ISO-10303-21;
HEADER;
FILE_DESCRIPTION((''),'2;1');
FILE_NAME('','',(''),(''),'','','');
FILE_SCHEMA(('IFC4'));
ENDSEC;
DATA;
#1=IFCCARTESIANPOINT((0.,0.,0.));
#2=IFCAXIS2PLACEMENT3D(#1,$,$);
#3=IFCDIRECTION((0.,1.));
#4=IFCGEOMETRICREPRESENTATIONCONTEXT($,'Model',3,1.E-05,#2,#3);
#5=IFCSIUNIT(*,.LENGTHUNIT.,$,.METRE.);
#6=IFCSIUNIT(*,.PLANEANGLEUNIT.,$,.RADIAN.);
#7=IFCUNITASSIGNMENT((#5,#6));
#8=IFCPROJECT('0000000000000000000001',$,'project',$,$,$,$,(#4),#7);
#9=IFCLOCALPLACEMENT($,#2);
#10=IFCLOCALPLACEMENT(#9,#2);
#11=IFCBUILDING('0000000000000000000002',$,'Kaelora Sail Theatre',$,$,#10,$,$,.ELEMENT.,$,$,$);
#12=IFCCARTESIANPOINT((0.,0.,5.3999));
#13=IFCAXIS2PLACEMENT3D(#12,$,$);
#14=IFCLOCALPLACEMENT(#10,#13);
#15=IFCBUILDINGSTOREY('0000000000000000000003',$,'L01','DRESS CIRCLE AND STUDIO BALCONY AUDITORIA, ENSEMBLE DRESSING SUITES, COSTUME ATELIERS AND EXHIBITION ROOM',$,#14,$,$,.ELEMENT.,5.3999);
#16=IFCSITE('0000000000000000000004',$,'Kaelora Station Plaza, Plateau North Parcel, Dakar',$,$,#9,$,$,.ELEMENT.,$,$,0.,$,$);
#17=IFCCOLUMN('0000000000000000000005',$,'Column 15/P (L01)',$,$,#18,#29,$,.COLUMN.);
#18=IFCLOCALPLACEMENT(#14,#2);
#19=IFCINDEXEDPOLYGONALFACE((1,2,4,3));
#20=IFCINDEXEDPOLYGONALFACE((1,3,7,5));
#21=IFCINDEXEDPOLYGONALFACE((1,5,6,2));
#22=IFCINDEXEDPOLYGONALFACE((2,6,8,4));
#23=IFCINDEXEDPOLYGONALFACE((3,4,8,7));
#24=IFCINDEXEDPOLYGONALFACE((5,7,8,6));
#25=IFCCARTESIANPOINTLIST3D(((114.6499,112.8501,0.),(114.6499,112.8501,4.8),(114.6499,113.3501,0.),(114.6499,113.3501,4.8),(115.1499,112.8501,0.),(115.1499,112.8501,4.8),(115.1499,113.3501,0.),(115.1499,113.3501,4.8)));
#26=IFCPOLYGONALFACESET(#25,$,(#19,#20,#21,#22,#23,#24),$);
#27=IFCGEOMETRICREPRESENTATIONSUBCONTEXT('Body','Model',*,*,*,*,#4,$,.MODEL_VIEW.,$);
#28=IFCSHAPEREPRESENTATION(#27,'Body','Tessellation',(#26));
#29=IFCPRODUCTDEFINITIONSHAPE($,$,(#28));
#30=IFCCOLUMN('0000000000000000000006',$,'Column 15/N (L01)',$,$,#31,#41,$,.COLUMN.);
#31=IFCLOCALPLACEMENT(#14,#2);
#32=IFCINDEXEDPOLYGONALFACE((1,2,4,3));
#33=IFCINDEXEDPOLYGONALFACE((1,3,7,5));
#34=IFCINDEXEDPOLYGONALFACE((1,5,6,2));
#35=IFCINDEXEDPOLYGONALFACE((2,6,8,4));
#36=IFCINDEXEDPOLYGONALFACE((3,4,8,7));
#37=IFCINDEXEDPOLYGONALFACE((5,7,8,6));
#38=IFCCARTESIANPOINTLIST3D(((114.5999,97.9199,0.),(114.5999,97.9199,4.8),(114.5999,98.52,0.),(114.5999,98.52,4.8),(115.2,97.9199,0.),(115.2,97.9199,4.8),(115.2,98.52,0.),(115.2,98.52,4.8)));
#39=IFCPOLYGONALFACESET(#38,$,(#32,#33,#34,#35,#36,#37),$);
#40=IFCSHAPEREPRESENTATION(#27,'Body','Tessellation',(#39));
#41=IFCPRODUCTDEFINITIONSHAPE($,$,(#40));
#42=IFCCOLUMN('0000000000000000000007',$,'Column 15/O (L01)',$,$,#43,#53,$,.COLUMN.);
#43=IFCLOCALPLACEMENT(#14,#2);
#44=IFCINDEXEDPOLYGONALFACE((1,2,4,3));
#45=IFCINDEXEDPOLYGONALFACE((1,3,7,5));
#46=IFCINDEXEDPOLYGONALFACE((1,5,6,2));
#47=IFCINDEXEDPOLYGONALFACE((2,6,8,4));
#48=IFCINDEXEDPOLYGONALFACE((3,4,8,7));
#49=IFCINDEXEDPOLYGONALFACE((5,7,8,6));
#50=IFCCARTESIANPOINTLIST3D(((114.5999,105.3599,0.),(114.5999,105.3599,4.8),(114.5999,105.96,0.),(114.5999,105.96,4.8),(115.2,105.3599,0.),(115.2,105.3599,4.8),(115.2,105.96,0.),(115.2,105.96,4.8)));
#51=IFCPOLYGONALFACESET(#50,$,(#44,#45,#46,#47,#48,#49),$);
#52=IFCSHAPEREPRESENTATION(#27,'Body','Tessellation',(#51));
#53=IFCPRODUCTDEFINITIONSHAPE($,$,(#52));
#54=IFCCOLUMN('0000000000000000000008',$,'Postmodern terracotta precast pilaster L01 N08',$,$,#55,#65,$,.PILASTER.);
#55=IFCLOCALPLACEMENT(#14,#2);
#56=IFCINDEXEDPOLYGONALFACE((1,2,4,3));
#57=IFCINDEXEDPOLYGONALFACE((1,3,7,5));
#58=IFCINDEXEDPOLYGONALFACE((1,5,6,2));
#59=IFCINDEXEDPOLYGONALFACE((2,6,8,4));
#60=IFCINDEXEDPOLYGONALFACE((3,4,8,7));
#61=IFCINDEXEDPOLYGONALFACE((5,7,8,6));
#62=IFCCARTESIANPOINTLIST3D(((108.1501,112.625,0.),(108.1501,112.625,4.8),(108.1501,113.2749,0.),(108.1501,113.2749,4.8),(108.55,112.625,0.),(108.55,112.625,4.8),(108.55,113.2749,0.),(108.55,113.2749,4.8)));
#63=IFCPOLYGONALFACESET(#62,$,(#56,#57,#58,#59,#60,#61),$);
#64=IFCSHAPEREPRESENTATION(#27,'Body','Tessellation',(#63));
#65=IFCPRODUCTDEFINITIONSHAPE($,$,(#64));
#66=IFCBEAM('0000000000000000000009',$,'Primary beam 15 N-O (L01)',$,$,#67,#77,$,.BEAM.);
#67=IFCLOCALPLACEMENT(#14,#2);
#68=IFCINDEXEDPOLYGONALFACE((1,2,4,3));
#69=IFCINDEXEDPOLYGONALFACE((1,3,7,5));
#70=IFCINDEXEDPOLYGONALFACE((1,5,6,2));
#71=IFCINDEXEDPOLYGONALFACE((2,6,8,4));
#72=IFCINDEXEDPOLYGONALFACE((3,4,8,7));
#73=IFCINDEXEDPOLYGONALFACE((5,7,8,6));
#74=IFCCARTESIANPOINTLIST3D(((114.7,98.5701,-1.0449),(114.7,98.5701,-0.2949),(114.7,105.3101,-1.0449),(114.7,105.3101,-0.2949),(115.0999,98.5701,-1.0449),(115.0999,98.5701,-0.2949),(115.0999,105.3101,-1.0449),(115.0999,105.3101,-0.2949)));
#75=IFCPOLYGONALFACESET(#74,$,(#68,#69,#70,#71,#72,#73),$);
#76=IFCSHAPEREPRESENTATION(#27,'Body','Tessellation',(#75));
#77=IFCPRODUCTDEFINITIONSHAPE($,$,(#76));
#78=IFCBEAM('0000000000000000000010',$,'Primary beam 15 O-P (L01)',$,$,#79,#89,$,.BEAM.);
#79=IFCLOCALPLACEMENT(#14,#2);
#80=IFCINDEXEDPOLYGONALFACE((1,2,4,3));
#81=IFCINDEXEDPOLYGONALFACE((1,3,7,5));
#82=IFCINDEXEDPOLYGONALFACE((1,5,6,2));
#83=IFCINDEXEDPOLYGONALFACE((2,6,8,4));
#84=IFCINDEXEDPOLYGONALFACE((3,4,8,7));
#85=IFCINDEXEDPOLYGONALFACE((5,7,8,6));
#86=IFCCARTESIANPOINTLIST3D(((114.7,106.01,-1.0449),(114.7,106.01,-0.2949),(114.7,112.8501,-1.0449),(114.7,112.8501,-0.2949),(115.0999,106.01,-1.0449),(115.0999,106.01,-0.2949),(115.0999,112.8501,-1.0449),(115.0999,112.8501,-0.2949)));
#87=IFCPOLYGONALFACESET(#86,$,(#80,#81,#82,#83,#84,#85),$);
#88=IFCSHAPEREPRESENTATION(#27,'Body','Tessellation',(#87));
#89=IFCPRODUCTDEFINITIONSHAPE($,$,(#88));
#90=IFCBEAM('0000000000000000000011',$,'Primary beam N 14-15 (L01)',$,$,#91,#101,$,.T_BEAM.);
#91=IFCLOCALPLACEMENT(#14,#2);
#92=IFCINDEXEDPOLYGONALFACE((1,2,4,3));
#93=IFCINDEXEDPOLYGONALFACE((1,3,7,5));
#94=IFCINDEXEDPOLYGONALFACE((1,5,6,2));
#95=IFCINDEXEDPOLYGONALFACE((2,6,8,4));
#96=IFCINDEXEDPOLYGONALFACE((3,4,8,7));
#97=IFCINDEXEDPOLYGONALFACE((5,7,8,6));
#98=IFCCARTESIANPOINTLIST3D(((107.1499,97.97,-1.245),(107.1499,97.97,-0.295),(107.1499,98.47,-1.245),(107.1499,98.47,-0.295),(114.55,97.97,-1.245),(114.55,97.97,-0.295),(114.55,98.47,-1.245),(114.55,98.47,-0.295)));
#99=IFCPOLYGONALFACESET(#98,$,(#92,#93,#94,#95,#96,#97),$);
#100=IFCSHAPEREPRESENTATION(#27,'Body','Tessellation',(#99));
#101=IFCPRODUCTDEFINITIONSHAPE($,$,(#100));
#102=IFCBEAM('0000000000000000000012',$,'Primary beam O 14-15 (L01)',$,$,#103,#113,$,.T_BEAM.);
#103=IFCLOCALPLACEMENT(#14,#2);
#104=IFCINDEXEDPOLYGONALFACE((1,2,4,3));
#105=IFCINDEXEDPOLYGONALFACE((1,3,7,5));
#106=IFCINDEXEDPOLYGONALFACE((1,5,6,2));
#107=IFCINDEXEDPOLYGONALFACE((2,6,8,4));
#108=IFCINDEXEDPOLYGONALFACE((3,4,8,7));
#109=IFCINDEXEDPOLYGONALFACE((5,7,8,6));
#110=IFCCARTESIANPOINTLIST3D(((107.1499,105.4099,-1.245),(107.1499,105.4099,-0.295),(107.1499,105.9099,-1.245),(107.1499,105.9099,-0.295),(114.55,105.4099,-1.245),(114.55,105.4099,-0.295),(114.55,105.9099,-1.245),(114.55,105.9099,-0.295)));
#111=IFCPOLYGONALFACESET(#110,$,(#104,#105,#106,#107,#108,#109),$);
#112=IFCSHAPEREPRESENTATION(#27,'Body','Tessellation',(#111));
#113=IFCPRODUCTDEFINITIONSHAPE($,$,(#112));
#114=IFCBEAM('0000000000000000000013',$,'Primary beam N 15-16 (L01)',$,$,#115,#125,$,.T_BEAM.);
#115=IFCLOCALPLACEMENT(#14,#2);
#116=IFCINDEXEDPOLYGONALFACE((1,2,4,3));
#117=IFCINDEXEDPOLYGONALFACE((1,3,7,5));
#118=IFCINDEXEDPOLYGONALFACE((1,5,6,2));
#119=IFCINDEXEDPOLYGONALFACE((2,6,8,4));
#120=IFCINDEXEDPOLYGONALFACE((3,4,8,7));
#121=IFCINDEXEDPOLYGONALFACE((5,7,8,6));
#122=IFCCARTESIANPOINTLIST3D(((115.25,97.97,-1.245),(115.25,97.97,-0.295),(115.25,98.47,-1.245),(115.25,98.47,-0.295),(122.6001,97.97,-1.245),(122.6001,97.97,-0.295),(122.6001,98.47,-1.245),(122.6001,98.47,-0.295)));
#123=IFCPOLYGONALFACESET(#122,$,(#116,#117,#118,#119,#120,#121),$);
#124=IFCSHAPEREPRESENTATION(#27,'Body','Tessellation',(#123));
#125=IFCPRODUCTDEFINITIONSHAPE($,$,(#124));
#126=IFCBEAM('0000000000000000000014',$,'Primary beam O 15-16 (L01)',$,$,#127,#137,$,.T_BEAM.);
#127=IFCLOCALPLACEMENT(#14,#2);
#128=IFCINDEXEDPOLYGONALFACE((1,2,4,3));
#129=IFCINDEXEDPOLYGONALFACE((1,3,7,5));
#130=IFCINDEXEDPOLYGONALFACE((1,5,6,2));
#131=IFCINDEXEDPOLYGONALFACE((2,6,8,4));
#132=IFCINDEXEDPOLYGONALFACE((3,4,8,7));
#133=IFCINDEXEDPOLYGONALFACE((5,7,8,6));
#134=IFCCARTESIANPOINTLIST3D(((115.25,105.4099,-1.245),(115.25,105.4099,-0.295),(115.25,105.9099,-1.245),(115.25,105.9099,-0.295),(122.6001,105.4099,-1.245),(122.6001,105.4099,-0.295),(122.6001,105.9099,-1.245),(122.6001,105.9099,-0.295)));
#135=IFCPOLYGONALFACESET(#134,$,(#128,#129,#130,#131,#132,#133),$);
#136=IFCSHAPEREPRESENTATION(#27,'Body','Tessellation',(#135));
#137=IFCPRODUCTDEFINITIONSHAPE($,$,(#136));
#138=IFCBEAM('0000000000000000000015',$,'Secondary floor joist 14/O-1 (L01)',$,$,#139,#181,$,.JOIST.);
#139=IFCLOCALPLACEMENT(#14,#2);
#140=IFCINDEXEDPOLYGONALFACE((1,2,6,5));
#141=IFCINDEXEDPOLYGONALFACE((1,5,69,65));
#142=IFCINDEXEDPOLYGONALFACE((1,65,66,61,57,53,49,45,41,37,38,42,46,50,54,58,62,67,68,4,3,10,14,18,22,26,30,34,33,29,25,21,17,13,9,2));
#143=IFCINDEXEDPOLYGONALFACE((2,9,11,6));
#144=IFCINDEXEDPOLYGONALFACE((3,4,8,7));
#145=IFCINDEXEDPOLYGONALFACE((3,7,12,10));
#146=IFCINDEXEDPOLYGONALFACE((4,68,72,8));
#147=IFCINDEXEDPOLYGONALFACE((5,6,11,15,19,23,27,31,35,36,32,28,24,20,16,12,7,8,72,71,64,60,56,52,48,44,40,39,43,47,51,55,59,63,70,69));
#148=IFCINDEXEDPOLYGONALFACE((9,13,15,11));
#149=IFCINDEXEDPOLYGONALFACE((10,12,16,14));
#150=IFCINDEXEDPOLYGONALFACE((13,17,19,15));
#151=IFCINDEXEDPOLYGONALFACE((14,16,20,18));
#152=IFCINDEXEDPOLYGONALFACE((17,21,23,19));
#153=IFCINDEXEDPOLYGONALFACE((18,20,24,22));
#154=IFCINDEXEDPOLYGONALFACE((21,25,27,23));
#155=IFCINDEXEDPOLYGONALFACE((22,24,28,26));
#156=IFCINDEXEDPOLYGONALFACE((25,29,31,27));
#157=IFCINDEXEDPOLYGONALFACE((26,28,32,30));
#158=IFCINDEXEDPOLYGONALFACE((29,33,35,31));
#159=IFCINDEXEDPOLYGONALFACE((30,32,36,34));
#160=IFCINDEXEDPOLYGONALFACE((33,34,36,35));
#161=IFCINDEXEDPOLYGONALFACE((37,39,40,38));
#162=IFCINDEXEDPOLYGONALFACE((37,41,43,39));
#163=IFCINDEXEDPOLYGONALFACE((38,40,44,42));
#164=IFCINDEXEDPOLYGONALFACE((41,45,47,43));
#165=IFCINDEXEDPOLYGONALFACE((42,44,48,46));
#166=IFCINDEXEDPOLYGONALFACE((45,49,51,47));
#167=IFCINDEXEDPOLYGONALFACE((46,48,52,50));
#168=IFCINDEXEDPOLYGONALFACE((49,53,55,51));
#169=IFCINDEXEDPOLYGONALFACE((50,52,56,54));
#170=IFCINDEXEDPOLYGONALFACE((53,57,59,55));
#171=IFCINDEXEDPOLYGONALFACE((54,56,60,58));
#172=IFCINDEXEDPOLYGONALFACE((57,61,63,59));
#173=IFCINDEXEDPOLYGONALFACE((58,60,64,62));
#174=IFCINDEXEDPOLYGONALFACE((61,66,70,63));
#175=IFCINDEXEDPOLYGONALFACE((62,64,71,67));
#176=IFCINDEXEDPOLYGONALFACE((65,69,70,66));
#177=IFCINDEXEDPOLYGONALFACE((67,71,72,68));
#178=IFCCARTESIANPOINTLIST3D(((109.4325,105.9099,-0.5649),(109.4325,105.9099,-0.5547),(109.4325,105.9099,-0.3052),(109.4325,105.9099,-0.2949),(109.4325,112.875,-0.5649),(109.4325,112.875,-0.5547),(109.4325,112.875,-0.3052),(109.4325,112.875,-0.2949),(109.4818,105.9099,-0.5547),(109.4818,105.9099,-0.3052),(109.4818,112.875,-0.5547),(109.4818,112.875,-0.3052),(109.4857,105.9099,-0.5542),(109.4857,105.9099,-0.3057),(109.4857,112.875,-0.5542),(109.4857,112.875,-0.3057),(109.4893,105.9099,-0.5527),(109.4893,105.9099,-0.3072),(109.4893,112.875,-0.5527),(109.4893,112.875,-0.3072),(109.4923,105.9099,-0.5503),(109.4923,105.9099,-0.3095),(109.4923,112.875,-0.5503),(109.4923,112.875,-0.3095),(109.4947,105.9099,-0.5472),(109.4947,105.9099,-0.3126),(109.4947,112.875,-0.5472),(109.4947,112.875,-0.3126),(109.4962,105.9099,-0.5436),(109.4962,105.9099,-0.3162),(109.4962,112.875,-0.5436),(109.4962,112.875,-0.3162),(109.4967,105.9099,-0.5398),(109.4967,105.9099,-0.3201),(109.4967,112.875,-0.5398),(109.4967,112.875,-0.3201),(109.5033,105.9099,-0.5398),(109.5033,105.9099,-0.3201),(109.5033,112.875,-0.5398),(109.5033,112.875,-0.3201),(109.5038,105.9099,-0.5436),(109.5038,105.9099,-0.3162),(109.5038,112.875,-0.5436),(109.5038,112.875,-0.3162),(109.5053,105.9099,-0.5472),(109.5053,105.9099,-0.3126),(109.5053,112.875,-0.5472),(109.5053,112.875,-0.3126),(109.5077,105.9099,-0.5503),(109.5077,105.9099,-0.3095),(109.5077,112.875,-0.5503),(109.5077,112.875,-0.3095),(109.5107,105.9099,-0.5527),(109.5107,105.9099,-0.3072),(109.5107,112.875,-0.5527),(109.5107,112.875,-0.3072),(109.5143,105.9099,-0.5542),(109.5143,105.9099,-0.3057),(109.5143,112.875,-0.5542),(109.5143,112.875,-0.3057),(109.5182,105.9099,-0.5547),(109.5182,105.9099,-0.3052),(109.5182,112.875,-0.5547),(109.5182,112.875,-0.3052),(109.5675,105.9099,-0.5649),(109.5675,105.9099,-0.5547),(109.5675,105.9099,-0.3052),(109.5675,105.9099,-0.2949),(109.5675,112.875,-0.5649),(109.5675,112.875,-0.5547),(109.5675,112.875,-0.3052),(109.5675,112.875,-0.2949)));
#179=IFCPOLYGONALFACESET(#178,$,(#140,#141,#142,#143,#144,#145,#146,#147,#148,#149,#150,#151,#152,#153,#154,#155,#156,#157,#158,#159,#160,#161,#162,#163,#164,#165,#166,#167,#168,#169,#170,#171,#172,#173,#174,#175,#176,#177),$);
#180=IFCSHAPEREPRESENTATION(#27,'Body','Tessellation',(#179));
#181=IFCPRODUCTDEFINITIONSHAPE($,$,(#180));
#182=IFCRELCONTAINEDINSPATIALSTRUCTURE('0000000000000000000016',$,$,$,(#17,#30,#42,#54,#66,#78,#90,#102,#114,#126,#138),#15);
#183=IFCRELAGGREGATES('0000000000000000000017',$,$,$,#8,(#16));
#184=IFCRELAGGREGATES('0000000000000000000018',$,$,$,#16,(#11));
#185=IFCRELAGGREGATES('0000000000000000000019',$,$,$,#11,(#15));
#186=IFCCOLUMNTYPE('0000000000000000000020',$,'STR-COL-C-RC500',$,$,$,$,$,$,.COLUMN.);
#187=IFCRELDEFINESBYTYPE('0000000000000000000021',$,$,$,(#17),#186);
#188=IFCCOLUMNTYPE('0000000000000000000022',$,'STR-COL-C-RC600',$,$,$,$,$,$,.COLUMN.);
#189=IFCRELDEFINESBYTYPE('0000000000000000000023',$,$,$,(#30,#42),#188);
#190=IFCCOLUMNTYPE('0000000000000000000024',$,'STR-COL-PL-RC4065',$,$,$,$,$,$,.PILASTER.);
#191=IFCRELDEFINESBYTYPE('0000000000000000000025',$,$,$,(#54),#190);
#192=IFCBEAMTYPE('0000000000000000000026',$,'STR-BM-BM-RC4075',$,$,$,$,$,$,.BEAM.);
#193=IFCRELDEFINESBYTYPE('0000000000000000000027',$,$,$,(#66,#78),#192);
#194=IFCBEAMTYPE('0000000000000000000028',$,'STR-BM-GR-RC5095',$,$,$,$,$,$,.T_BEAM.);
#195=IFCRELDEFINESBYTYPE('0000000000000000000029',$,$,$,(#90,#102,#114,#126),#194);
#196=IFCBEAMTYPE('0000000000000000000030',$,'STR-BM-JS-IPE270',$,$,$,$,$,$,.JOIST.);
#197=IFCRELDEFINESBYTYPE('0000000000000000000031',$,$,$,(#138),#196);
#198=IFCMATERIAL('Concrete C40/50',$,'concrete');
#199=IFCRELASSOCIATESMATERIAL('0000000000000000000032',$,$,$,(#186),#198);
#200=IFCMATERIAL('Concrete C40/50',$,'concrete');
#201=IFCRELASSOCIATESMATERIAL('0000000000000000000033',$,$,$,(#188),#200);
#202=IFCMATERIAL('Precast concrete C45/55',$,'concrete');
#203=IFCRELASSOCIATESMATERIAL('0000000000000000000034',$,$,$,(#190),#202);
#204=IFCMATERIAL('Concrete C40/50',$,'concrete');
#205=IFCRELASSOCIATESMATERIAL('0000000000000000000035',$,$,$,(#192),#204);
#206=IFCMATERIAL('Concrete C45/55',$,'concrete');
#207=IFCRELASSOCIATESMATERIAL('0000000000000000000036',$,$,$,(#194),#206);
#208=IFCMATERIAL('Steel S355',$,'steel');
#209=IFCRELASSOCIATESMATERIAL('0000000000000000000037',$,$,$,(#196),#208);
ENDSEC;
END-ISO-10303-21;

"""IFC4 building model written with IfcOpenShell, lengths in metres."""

from ifc_helpers import new_model, si_unit, direction, frame, origin, origin_2d, place, context, subcontext, project, spatial, rectangle, i_section, extrude, material, material_profile, profile_set, type_object, element, save


model = new_model("IFC4")

# Units and contexts
model_context = context("Model", 3, precision=1e-05, world=origin(), true_north=direction((0.0, 1.0)))
body_context = subcontext(model_context, "Body", "Model", "MODEL_VIEW")
ifc_project = project(units=[si_unit("LENGTHUNIT", "METRE"), si_unit("PLANEANGLEUNIT", "RADIAN")], contexts=[model_context])

# Site, building, storey
site_placement = place(None, origin())
site = spatial("IfcSite", under=ifc_project, at=site_placement, Name="Kaelora Station Plaza, Plateau North Parcel, Dakar", CompositionType="ELEMENT", RefElevation=0.0)
building_placement = place(site_placement, origin())
building = spatial("IfcBuilding", under=site, at=building_placement, Name="Kaelora Sail Theatre", CompositionType="ELEMENT")
storey_placement = place(building_placement, frame((0.0, 0.0, 5.3999)))
storey = spatial("IfcBuildingStorey", under=building, at=storey_placement, Name="L01", Description="DRESS CIRCLE AND STUDIO BALCONY AUDITORIA, ENSEMBLE DRESSING SUITES, COSTUME ATELIERS AND EXHIBITION ROOM", CompositionType="ELEMENT", Elevation=5.3999)

# Columns
ifc_material_1 = material(Name="Concrete C40/50", Category="concrete")
ifc_material_profile_1 = material_profile(ifc_material_1, rectangle(XDim=0.5, YDim=0.5, at=origin_2d()), Name="RC-COL 500x500")
ifc_profile_set_1 = profile_set([ifc_material_profile_1], Name="Concrete C40/50")
column_type_1 = type_object("IfcColumnType", Name="STR-COL-C-RC500", PredefinedType="COLUMN", material=ifc_profile_set_1)
column_1_placement = place(storey_placement, frame((114.8999, 113.1001, 0.0), z_axis=(0.0, 0.0, 1.0), x_axis=(1.0, 0.0, 0.0)))
element("IfcColumn", 1, at=column_1_placement, inside=storey, type_object=column_type_1, Name="Column 15/P (L01)", PredefinedType="COLUMN", context=body_context, shape_type="SweptSolid", body=[
    extrude(rectangle(XDim=0.5, YDim=0.5, at=origin_2d()), origin(), (0.0, 0.0, 1.0), 4.8),
])
ifc_material_2 = material(Name="Concrete C40/50", Category="concrete")
ifc_material_profile_2 = material_profile(ifc_material_2, rectangle(XDim=0.6001, YDim=0.6001, at=origin_2d()), Name="RC-COL 600x600")
ifc_profile_set_2 = profile_set([ifc_material_profile_2], Name="Concrete C40/50")
column_type_2 = type_object("IfcColumnType", Name="STR-COL-C-RC600", PredefinedType="COLUMN", material=ifc_profile_set_2)
for number, where, z_axis, x_axis, name in (
    (2, (114.8999, 98.22, 0.0), (0.0, 0.0, 1.0), (1.0, 0.0, 0.0), "Column 15/N (L01)"),
    (3, (114.8999, 105.6599, 0.0), (0.0, 0.0, 1.0), (1.0, 0.0, 0.0), "Column 15/O (L01)"),
):
    element("IfcColumn", number, at=place(storey_placement, frame(where, z_axis=z_axis, x_axis=x_axis)), inside=storey, type_object=column_type_2, Name=name, PredefinedType="COLUMN", context=body_context, shape_type="SweptSolid", body=[
        extrude(rectangle(XDim=0.6001, YDim=0.6001, at=origin_2d()), origin(), (0.0, 0.0, 1.0), 4.8),
    ])
ifc_material_3 = material(Name="Precast concrete C45/55", Category="concrete")
ifc_material_profile_3 = material_profile(ifc_material_3, rectangle(XDim=0.3999, YDim=0.6499, at=origin_2d()), Name="RC-PIL 400x650")
ifc_profile_set_3 = profile_set([ifc_material_profile_3], Name="Precast concrete C45/55")
column_type_3 = type_object("IfcColumnType", Name="STR-COL-PL-RC4065", PredefinedType="PILASTER", material=ifc_profile_set_3)
column_2_placement = place(storey_placement, frame((108.3501, 112.95, 0.0), z_axis=(0.0, 0.0, 1.0), x_axis=(1.0, 0.0, 0.0)))
element("IfcColumn", 4, at=column_2_placement, inside=storey, type_object=column_type_3, Name="Postmodern terracotta precast pilaster L01 N08", PredefinedType="PILASTER", context=body_context, shape_type="SweptSolid", body=[
    extrude(rectangle(XDim=0.3999, YDim=0.6499, at=origin_2d()), origin(), (0.0, 0.0, 1.0), 4.8),
])

# Beams
ifc_material_4 = material(Name="Concrete C40/50", Category="concrete")
ifc_material_profile_4 = material_profile(ifc_material_4, rectangle(XDim=0.3999, YDim=0.75, at=origin_2d()), Name="RC-BM 400x750")
ifc_profile_set_4 = profile_set([ifc_material_profile_4], Name="Concrete C40/50")
beam_type_1 = type_object("IfcBeamType", Name="STR-BM-BM-RC4075", PredefinedType="BEAM", material=ifc_profile_set_4)
beam_1_placement = place(storey_placement, frame((114.8999, 98.5701, -0.6699), z_axis=(0.0, 1.0, 0.0), x_axis=(-1.0, 0.0, 0.0)))
element("IfcBeam", 5, at=beam_1_placement, inside=storey, type_object=beam_type_1, Name="Primary beam 15 N-O (L01)", PredefinedType="BEAM", context=body_context, shape_type="SweptSolid", body=[
    extrude(rectangle(XDim=0.3999, YDim=0.75, at=origin_2d()), origin(), (0.0, 0.0, 1.0), 6.74),
])
beam_2_placement = place(storey_placement, frame((114.8999, 106.01, -0.6699), z_axis=(0.0, 1.0, 0.0), x_axis=(-1.0, 0.0, 0.0)))
element("IfcBeam", 6, at=beam_2_placement, inside=storey, type_object=beam_type_1, Name="Primary beam 15 O-P (L01)", PredefinedType="BEAM", context=body_context, shape_type="SweptSolid", body=[
    extrude(rectangle(XDim=0.3999, YDim=0.75, at=origin_2d()), origin(), (0.0, 0.0, 1.0), 6.8401),
])
ifc_material_5 = material(Name="Concrete C45/55", Category="concrete")
ifc_material_profile_5 = material_profile(ifc_material_5, rectangle(XDim=0.5, YDim=0.95, at=origin_2d()), Name="RC-GRD 500x950")
ifc_profile_set_5 = profile_set([ifc_material_profile_5], Name="Concrete C45/55")
beam_type_2 = type_object("IfcBeamType", Name="STR-BM-GR-RC5095", PredefinedType="T_BEAM", material=ifc_profile_set_5)
for number, where, z_axis, x_axis, name in (
    (7, (107.1499, 98.22, -0.77), (1.0, 0.0, 0.0), (0.0, 1.0, 0.0), "Primary beam N 14-15 (L01)"),
    (8, (107.1499, 105.6599, -0.77), (1.0, 0.0, 0.0), (0.0, 1.0, 0.0), "Primary beam O 14-15 (L01)"),
):
    element("IfcBeam", number, at=place(storey_placement, frame(where, z_axis=z_axis, x_axis=x_axis)), inside=storey, type_object=beam_type_2, Name=name, PredefinedType="T_BEAM", context=body_context, shape_type="SweptSolid", body=[
        extrude(rectangle(XDim=0.5, YDim=0.95, at=origin_2d()), origin(), (0.0, 0.0, 1.0), 7.4001),
    ])
for number, where, z_axis, x_axis, name in (
    (9, (115.25, 98.22, -0.77), (1.0, 0.0, 0.0), (0.0, 1.0, 0.0), "Primary beam N 15-16 (L01)"),
    (10, (115.25, 105.6599, -0.77), (1.0, 0.0, 0.0), (0.0, 1.0, 0.0), "Primary beam O 15-16 (L01)"),
):
    element("IfcBeam", number, at=place(storey_placement, frame(where, z_axis=z_axis, x_axis=x_axis)), inside=storey, type_object=beam_type_2, Name=name, PredefinedType="T_BEAM", context=body_context, shape_type="SweptSolid", body=[
        extrude(rectangle(XDim=0.5, YDim=0.95, at=origin_2d()), origin(), (0.0, 0.0, 1.0), 7.3501),
    ])
ifc_material_6 = material(Name="Steel S355", Category="steel")
ifc_material_profile_6 = material_profile(ifc_material_6, i_section(OverallWidth=0.135, OverallDepth=0.27, WebThickness=0.0066, FlangeThickness=0.0103, FilletRadius=0.0149, at=origin_2d()), Name="IPE 270")
ifc_profile_set_6 = profile_set([ifc_material_profile_6], Name="Steel S355")
beam_type_3 = type_object("IfcBeamType", Name="STR-BM-JS-IPE270", PredefinedType="JOIST", material=ifc_profile_set_6)
beam_3_placement = place(storey_placement, frame((109.5, 105.9099, -0.4299), z_axis=(0.0, 1.0, 0.0), x_axis=(-1.0, 0.0, 0.0)))
element("IfcBeam", 11, at=beam_3_placement, inside=storey, type_object=beam_type_3, Name="Secondary floor joist 14/O-1 (L01)", PredefinedType="JOIST", context=body_context, shape_type="SweptSolid", body=[
    extrude(i_section(OverallWidth=0.135, OverallDepth=0.27, WebThickness=0.0066, FlangeThickness=0.0103, FilletRadius=0.0149, at=origin_2d()), origin(), (0.0, 0.0, 1.0), 6.9651),
])

save(model, "model.ifc")
